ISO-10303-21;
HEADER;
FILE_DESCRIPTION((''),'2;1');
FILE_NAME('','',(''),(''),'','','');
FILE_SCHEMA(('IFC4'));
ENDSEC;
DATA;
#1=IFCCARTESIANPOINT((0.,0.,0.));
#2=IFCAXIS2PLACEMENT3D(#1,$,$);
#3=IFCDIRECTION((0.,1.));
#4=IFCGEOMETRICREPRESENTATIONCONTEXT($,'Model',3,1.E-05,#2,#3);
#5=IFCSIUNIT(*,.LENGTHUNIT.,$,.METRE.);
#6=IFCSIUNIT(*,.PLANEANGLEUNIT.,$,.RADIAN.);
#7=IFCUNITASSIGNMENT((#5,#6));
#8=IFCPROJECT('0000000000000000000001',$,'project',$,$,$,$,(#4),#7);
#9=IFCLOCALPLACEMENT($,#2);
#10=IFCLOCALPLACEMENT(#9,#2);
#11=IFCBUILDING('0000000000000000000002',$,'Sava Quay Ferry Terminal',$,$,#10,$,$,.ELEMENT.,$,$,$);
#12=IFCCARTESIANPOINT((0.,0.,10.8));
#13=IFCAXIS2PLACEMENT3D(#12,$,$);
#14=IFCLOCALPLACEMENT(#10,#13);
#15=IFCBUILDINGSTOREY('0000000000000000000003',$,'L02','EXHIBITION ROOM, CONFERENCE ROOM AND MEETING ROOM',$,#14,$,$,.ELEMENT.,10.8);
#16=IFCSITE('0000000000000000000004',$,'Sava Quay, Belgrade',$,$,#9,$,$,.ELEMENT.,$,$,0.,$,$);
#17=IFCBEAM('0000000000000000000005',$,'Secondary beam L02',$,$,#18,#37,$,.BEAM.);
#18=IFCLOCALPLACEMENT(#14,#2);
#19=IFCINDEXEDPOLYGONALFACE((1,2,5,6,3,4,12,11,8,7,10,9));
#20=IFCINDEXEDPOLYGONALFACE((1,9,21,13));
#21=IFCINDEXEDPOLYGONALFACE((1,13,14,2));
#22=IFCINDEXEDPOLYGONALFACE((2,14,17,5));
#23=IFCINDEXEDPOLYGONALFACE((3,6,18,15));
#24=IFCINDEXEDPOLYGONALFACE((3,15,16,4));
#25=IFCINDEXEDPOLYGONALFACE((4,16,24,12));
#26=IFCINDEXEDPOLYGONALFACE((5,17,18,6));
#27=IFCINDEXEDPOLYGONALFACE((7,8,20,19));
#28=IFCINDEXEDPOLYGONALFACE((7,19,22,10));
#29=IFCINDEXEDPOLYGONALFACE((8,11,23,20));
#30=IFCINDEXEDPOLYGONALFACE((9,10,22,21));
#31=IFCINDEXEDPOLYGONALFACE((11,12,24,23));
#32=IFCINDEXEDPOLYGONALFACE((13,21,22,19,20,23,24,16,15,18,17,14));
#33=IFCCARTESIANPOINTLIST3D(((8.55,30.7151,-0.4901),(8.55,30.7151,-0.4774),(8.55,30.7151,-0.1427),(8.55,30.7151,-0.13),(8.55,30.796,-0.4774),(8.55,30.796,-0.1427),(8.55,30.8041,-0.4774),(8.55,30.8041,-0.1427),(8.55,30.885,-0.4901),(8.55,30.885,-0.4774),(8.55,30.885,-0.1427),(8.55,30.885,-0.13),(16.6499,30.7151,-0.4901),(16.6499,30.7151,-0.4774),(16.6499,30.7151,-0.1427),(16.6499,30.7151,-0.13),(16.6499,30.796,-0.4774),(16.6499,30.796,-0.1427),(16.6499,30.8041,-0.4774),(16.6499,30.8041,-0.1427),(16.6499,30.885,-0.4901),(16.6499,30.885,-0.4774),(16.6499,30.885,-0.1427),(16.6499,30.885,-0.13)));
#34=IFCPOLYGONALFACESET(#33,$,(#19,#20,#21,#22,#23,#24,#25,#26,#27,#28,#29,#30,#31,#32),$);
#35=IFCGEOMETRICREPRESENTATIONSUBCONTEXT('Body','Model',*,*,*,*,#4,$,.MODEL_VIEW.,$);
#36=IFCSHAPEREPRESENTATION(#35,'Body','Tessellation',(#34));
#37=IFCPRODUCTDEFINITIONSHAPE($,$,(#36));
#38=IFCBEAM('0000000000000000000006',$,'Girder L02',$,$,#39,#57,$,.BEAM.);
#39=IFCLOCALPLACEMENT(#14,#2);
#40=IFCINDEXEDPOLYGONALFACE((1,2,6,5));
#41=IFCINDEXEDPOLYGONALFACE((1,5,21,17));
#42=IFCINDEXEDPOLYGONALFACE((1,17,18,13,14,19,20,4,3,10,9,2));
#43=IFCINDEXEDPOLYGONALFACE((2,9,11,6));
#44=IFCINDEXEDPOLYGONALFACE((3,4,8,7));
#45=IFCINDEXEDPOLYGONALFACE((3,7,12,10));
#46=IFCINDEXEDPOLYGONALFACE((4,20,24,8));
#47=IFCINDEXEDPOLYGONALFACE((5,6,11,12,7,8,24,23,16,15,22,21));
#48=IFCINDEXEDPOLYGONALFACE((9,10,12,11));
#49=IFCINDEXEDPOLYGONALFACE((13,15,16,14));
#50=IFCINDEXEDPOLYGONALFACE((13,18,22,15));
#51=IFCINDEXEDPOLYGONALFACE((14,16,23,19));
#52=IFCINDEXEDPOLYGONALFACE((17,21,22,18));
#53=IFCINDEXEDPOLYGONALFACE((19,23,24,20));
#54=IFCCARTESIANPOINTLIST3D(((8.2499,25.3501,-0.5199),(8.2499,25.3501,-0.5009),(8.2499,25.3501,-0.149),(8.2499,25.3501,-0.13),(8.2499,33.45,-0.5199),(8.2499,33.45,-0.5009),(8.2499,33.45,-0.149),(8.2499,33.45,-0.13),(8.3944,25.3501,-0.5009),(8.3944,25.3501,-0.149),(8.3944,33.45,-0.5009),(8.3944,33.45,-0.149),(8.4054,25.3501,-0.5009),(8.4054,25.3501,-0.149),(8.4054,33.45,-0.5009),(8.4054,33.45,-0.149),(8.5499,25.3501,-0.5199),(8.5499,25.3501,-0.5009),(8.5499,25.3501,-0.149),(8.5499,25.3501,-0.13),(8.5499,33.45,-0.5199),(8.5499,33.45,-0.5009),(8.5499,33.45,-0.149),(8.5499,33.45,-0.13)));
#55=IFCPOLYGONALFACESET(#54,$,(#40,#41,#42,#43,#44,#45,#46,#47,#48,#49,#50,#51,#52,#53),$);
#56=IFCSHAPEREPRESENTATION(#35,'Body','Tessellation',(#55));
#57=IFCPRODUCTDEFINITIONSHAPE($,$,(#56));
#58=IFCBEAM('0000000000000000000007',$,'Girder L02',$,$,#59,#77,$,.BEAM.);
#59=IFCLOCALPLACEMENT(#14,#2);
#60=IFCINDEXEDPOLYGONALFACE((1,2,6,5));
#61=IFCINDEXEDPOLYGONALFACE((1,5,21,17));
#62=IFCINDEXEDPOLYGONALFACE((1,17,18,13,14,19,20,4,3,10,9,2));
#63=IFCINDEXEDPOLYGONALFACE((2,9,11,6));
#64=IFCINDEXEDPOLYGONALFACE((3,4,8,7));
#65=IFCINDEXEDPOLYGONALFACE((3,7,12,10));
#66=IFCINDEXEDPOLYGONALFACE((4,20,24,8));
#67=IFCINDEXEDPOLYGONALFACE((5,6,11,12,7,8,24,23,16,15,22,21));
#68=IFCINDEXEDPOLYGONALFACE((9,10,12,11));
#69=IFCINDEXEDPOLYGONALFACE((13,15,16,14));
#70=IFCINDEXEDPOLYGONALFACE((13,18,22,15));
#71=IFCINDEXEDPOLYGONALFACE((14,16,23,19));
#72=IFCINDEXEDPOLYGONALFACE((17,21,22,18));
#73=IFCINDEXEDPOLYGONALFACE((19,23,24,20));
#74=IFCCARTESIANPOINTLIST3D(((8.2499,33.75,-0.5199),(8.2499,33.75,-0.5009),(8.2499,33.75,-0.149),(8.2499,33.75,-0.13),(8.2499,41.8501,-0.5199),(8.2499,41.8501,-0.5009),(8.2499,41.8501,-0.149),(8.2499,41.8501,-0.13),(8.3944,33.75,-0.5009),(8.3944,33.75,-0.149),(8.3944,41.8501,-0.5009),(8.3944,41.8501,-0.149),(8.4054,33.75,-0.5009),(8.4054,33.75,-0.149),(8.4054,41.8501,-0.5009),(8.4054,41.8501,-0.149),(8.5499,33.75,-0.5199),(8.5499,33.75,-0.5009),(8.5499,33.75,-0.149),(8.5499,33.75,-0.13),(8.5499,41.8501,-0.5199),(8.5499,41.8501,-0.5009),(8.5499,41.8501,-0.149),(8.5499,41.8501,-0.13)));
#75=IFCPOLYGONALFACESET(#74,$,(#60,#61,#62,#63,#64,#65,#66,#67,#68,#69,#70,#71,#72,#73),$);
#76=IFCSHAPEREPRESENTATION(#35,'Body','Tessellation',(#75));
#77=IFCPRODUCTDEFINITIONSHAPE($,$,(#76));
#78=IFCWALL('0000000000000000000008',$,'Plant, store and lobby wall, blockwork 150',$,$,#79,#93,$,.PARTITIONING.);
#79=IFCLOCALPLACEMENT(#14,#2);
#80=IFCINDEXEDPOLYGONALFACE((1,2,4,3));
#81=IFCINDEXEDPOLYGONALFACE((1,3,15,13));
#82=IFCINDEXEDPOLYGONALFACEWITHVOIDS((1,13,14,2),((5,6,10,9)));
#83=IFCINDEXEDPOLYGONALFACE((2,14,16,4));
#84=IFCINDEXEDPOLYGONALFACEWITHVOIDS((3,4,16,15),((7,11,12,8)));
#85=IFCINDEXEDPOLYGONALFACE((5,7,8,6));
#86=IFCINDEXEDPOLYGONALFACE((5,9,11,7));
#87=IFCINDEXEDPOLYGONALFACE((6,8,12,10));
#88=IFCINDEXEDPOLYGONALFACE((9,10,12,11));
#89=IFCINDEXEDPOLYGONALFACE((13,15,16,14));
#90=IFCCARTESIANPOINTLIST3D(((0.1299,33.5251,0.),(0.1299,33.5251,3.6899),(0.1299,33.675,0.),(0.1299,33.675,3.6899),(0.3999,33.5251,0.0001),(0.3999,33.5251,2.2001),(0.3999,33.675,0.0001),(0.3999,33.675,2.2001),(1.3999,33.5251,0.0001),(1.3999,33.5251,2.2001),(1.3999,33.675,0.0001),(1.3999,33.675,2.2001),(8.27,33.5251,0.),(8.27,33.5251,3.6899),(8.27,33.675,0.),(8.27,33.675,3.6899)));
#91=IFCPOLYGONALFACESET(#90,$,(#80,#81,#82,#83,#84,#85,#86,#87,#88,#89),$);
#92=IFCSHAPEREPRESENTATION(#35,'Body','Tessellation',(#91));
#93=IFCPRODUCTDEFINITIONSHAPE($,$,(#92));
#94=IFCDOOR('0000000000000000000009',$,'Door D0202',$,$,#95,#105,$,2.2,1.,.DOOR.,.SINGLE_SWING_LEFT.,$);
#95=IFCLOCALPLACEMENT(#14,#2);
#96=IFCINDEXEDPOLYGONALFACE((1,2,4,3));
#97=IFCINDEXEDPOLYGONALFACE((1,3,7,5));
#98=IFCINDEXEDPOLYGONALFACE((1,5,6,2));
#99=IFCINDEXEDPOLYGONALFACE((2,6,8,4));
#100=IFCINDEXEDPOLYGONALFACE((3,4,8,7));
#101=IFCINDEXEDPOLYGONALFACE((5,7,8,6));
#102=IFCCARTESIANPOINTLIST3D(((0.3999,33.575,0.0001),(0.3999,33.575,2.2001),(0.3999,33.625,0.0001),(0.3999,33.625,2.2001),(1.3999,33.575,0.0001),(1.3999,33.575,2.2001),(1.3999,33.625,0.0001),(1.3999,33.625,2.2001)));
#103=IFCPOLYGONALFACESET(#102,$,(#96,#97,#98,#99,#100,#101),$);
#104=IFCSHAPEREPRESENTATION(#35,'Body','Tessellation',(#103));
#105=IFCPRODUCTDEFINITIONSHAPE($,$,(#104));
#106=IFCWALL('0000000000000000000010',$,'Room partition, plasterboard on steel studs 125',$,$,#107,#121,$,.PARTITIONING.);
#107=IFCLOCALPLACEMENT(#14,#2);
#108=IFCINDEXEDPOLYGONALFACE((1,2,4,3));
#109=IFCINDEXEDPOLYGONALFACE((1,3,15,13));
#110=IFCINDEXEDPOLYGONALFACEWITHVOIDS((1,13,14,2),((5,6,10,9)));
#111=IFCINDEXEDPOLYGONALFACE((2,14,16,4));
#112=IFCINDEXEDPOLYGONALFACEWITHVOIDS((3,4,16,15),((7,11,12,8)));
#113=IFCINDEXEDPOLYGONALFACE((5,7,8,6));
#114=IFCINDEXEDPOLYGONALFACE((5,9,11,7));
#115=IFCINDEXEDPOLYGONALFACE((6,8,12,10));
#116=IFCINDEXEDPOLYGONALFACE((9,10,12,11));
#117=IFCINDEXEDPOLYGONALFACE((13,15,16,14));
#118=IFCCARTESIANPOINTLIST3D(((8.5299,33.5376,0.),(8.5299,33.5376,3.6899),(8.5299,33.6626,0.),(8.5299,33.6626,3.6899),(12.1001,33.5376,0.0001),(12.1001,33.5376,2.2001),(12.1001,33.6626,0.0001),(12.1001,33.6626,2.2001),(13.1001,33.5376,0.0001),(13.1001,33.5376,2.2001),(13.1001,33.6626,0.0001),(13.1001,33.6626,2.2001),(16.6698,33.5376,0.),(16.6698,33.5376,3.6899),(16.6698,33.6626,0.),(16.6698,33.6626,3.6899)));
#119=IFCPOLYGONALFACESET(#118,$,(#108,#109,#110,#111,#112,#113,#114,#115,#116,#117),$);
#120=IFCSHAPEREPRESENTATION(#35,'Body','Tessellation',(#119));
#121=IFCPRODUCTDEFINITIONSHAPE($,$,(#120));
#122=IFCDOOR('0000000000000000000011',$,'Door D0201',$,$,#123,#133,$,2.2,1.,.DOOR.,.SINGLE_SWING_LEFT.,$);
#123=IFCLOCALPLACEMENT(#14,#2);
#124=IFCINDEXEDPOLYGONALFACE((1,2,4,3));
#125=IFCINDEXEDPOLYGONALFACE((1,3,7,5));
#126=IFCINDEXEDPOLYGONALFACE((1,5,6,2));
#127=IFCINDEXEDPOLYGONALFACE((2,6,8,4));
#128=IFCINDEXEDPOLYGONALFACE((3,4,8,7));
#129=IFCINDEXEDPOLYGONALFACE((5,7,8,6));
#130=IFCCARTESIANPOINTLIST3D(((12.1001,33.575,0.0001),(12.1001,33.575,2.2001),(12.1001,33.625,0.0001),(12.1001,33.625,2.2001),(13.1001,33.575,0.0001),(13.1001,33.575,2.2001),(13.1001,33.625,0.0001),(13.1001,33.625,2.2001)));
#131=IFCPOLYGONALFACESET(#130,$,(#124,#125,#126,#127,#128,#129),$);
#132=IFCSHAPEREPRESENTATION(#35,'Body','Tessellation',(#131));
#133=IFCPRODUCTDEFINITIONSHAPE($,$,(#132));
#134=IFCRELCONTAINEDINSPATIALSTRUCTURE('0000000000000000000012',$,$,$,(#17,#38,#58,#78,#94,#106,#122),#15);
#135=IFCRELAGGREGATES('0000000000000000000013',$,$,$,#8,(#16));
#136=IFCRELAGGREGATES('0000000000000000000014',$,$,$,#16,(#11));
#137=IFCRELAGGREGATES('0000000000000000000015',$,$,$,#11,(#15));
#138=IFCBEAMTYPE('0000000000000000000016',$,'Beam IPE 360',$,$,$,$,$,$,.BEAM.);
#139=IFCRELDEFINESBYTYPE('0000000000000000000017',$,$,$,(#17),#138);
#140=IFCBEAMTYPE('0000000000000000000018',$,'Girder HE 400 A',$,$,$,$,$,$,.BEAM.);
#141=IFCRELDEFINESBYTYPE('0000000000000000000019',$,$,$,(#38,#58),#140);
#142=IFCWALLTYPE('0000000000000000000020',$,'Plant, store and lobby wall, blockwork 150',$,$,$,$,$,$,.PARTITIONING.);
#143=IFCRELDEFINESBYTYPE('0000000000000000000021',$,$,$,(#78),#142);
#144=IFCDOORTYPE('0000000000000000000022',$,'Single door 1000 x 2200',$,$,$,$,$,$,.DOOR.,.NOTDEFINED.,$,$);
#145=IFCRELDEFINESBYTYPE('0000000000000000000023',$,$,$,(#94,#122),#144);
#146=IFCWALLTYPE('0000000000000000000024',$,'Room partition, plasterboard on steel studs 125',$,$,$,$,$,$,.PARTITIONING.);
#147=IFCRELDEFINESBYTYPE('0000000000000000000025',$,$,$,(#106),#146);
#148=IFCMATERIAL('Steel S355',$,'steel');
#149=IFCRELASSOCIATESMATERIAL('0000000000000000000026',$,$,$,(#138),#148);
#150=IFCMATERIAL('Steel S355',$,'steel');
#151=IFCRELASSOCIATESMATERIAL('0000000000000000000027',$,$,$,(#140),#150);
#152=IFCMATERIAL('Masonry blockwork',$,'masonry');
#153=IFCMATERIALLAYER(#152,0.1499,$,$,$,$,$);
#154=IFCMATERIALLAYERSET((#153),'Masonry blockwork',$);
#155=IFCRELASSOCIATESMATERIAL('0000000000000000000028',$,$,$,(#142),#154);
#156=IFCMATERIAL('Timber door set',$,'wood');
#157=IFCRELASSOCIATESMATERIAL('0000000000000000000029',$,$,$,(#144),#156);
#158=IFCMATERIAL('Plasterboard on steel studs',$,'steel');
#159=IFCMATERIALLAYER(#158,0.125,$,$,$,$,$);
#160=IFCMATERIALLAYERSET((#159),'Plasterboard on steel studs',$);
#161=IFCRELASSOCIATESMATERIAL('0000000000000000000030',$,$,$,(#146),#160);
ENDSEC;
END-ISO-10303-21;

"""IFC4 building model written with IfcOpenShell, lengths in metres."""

from ifc_helpers import new_model, si_unit, direction, frame, frame_2d, origin, origin_2d, place, context, subcontext, project, spatial, rectangle, i_section, extrude, material, layer, layer_set, material_profile, profile_set, type_object, element, fill, save


model = new_model("IFC4")

# Units and contexts
model_context = context("Model", 3, precision=1e-05, world=origin(), true_north=direction((0.0, 1.0)))
body_context = subcontext(model_context, "Body", "Model", "MODEL_VIEW")
ifc_project = project(units=[si_unit("LENGTHUNIT", "METRE"), si_unit("PLANEANGLEUNIT", "RADIAN")], contexts=[model_context])

# Site, building, storey
site_placement = place(None, origin())
site = spatial("IfcSite", under=ifc_project, at=site_placement, Name="Sava Quay, Belgrade", CompositionType="ELEMENT", RefElevation=0.0)
building_placement = place(site_placement, origin())
building = spatial("IfcBuilding", under=site, at=building_placement, Name="Sava Quay Ferry Terminal", CompositionType="ELEMENT")
storey_placement = place(building_placement, frame((0.0, 0.0, 10.8)))
storey = spatial("IfcBuildingStorey", under=building, at=storey_placement, Name="L02", Description="EXHIBITION ROOM, CONFERENCE ROOM AND MEETING ROOM", CompositionType="ELEMENT", Elevation=10.8)

# Beams
ifc_material_1 = material(Name="Steel S355", Category="steel")
ifc_material_profile_1 = material_profile(ifc_material_1, i_section(OverallWidth=0.1699, OverallDepth=0.3601, WebThickness=0.0081, FlangeThickness=0.0127, at=origin_2d()), Name="IPE 360")
ifc_profile_set_1 = profile_set([ifc_material_profile_1], Name="Steel S355")
beam_type_1 = type_object("IfcBeamType", Name="Beam IPE 360", PredefinedType="BEAM", material=ifc_profile_set_1)
for number, where, z_axis, x_axis, name in (
    (1, (8.55, 30.8, -0.3101), (1.0, 0.0, 0.0), (0.0, 1.0, 0.0), "Secondary beam L02"),
):
    element("IfcBeam", number, at=place(storey_placement, frame(where, z_axis=z_axis, x_axis=x_axis)), inside=storey, type_object=beam_type_1, Name=name, PredefinedType="BEAM", context=body_context, shape_type="SweptSolid", body=[
        extrude(i_section(OverallWidth=0.1699, OverallDepth=0.3601, WebThickness=0.0081, FlangeThickness=0.0127, at=origin_2d()), origin(), (0.0, 0.0, 1.0), 8.0999),
    ])
ifc_material_2 = material(Name="Steel S355", Category="steel")
ifc_material_profile_2 = material_profile(ifc_material_2, i_section(OverallWidth=0.3, OverallDepth=0.3899, WebThickness=0.011, FlangeThickness=0.019, at=origin_2d()), Name="HE 400 A")
ifc_profile_set_2 = profile_set([ifc_material_profile_2], Name="Steel S355")
beam_type_2 = type_object("IfcBeamType", Name="Girder HE 400 A", PredefinedType="BEAM", material=ifc_profile_set_2)
beam_1_placement = place(storey_placement, frame((8.3999, 25.3501, -0.325), z_axis=(0.0, 1.0, 0.0), x_axis=(-1.0, 0.0, 0.0)))
element("IfcBeam", 2, at=beam_1_placement, inside=storey, type_object=beam_type_2, Name="Girder L02", PredefinedType="BEAM", context=body_context, shape_type="SweptSolid", body=[
    extrude(i_section(OverallWidth=0.3, OverallDepth=0.3899, WebThickness=0.011, FlangeThickness=0.019, at=origin_2d()), origin(), (0.0, 0.0, 1.0), 8.0999),
])
beam_2_placement = place(storey_placement, frame((8.3999, 33.75, -0.325), z_axis=(0.0, 1.0, 0.0), x_axis=(-1.0, 0.0, 0.0)))
element("IfcBeam", 3, at=beam_2_placement, inside=storey, type_object=beam_type_2, Name="Girder L02", PredefinedType="BEAM", context=body_context, shape_type="SweptSolid", body=[
    extrude(i_section(OverallWidth=0.3, OverallDepth=0.3899, WebThickness=0.011, FlangeThickness=0.019, at=origin_2d()), origin(), (0.0, 0.0, 1.0), 8.1001),
])

# Walls, openings, doors
ifc_material_3 = material(Name="Masonry blockwork", Category="masonry")
ifc_layer_1 = layer(ifc_material_3, 0.1499)
ifc_layer_set_1 = layer_set([ifc_layer_1], Name="Masonry blockwork")
wall_type_1 = type_object("IfcWallType", Name="Plant, store and lobby wall, blockwork 150", PredefinedType="PARTITIONING", material=ifc_layer_set_1)
wall_1_placement = place(storey_placement, frame((0.1299, 33.6001, 0.0), z_axis=(0.0, 0.0, 1.0), x_axis=(1.0, 0.0, 0.0)))
wall_1 = element("IfcWall", 4, at=wall_1_placement, inside=storey, type_object=wall_type_1, Name="Plant, store and lobby wall, blockwork 150", PredefinedType="PARTITIONING", context=body_context, shape_type="SweptSolid", body=[
    extrude(rectangle(XDim=8.1401, YDim=0.1499, at=frame_2d((4.0701, 0.0))), origin(), (0.0, 0.0, 1.0), 3.6899),
])
opening_1_placement = place(wall_1_placement, frame((0.27, 0.0, 0.0)))
opening_1 = element("IfcOpeningElement", 5, at=opening_1_placement, cuts=wall_1, PredefinedType="OPENING", context=body_context, shape_type="SweptSolid", body=[
    extrude(rectangle(XDim=1.0, YDim=2.2, at=frame_2d((0.5, 1.1001))), frame((0.0, 0.075, 0.0), z_axis=(0.0, -1.0, 0.0), x_axis=(1.0, 0.0, 0.0)), (0.0, 0.0, 1.0), 0.1499),
])
ifc_material_4 = material(Name="Timber door set", Category="wood")
door_type = type_object("IfcDoorType", Name="Single door 1000 x 2200", OperationType="NOTDEFINED", PredefinedType="DOOR", material=ifc_material_4)
door_1_placement = place(opening_1_placement, origin())
door_1 = element("IfcDoor", 6, at=door_1_placement, inside=storey, type_object=door_type, Name="Door D0202", OperationType="SINGLE_SWING_LEFT", OverallHeight=2.2, OverallWidth=1.0, PredefinedType="DOOR", context=body_context, shape_type="SweptSolid", body=[
    extrude(rectangle(XDim=1.0, YDim=2.2, at=frame_2d((0.5, 1.1001))), frame((0.0, 0.0249, 0.0), z_axis=(0.0, -1.0, 0.0), x_axis=(1.0, 0.0, 0.0)), (0.0, 0.0, 1.0), 0.05),
])
fill(opening_1, door_1)
ifc_material_5 = material(Name="Plasterboard on steel studs", Category="steel")
ifc_layer_2 = layer(ifc_material_5, 0.125)
ifc_layer_set_2 = layer_set([ifc_layer_2], Name="Plasterboard on steel studs")
wall_type_2 = type_object("IfcWallType", Name="Room partition, plasterboard on steel studs 125", PredefinedType="PARTITIONING", material=ifc_layer_set_2)
wall_2_placement = place(storey_placement, frame((8.53, 33.6001, 0.0), z_axis=(0.0, 0.0, 1.0), x_axis=(1.0, 0.0, 0.0)))
wall_2 = element("IfcWall", 7, at=wall_2_placement, inside=storey, type_object=wall_type_2, Name="Room partition, plasterboard on steel studs 125", PredefinedType="PARTITIONING", context=body_context, shape_type="SweptSolid", body=[
    extrude(rectangle(XDim=8.1399, YDim=0.125, at=frame_2d((4.0698, 0.0))), origin(), (0.0, 0.0, 1.0), 3.6899),
])
opening_2_placement = place(wall_2_placement, frame((3.5701, 0.0, 0.0)))
opening_2 = element("IfcOpeningElement", 8, at=opening_2_placement, cuts=wall_2, PredefinedType="OPENING", context=body_context, shape_type="SweptSolid", body=[
    extrude(rectangle(XDim=1.0, YDim=2.2, at=frame_2d((0.5, 1.1001))), frame((0.0, 0.0625, 0.0), z_axis=(0.0, -1.0, 0.0), x_axis=(1.0, 0.0, 0.0)), (0.0, 0.0, 1.0), 0.125),
])
door_2_placement = place(opening_2_placement, origin())
door_2 = element("IfcDoor", 9, at=door_2_placement, inside=storey, type_object=door_type, Name="Door D0201", OperationType="SINGLE_SWING_LEFT", OverallHeight=2.2, OverallWidth=1.0, PredefinedType="DOOR", context=body_context, shape_type="SweptSolid", body=[
    extrude(rectangle(XDim=1.0, YDim=2.2, at=frame_2d((0.5, 1.1001))), frame((0.0, 0.0249, 0.0), z_axis=(0.0, -1.0, 0.0), x_axis=(1.0, 0.0, 0.0)), (0.0, 0.0, 1.0), 0.05),
])
fill(opening_2, door_2)

save(model, "model.ifc")
